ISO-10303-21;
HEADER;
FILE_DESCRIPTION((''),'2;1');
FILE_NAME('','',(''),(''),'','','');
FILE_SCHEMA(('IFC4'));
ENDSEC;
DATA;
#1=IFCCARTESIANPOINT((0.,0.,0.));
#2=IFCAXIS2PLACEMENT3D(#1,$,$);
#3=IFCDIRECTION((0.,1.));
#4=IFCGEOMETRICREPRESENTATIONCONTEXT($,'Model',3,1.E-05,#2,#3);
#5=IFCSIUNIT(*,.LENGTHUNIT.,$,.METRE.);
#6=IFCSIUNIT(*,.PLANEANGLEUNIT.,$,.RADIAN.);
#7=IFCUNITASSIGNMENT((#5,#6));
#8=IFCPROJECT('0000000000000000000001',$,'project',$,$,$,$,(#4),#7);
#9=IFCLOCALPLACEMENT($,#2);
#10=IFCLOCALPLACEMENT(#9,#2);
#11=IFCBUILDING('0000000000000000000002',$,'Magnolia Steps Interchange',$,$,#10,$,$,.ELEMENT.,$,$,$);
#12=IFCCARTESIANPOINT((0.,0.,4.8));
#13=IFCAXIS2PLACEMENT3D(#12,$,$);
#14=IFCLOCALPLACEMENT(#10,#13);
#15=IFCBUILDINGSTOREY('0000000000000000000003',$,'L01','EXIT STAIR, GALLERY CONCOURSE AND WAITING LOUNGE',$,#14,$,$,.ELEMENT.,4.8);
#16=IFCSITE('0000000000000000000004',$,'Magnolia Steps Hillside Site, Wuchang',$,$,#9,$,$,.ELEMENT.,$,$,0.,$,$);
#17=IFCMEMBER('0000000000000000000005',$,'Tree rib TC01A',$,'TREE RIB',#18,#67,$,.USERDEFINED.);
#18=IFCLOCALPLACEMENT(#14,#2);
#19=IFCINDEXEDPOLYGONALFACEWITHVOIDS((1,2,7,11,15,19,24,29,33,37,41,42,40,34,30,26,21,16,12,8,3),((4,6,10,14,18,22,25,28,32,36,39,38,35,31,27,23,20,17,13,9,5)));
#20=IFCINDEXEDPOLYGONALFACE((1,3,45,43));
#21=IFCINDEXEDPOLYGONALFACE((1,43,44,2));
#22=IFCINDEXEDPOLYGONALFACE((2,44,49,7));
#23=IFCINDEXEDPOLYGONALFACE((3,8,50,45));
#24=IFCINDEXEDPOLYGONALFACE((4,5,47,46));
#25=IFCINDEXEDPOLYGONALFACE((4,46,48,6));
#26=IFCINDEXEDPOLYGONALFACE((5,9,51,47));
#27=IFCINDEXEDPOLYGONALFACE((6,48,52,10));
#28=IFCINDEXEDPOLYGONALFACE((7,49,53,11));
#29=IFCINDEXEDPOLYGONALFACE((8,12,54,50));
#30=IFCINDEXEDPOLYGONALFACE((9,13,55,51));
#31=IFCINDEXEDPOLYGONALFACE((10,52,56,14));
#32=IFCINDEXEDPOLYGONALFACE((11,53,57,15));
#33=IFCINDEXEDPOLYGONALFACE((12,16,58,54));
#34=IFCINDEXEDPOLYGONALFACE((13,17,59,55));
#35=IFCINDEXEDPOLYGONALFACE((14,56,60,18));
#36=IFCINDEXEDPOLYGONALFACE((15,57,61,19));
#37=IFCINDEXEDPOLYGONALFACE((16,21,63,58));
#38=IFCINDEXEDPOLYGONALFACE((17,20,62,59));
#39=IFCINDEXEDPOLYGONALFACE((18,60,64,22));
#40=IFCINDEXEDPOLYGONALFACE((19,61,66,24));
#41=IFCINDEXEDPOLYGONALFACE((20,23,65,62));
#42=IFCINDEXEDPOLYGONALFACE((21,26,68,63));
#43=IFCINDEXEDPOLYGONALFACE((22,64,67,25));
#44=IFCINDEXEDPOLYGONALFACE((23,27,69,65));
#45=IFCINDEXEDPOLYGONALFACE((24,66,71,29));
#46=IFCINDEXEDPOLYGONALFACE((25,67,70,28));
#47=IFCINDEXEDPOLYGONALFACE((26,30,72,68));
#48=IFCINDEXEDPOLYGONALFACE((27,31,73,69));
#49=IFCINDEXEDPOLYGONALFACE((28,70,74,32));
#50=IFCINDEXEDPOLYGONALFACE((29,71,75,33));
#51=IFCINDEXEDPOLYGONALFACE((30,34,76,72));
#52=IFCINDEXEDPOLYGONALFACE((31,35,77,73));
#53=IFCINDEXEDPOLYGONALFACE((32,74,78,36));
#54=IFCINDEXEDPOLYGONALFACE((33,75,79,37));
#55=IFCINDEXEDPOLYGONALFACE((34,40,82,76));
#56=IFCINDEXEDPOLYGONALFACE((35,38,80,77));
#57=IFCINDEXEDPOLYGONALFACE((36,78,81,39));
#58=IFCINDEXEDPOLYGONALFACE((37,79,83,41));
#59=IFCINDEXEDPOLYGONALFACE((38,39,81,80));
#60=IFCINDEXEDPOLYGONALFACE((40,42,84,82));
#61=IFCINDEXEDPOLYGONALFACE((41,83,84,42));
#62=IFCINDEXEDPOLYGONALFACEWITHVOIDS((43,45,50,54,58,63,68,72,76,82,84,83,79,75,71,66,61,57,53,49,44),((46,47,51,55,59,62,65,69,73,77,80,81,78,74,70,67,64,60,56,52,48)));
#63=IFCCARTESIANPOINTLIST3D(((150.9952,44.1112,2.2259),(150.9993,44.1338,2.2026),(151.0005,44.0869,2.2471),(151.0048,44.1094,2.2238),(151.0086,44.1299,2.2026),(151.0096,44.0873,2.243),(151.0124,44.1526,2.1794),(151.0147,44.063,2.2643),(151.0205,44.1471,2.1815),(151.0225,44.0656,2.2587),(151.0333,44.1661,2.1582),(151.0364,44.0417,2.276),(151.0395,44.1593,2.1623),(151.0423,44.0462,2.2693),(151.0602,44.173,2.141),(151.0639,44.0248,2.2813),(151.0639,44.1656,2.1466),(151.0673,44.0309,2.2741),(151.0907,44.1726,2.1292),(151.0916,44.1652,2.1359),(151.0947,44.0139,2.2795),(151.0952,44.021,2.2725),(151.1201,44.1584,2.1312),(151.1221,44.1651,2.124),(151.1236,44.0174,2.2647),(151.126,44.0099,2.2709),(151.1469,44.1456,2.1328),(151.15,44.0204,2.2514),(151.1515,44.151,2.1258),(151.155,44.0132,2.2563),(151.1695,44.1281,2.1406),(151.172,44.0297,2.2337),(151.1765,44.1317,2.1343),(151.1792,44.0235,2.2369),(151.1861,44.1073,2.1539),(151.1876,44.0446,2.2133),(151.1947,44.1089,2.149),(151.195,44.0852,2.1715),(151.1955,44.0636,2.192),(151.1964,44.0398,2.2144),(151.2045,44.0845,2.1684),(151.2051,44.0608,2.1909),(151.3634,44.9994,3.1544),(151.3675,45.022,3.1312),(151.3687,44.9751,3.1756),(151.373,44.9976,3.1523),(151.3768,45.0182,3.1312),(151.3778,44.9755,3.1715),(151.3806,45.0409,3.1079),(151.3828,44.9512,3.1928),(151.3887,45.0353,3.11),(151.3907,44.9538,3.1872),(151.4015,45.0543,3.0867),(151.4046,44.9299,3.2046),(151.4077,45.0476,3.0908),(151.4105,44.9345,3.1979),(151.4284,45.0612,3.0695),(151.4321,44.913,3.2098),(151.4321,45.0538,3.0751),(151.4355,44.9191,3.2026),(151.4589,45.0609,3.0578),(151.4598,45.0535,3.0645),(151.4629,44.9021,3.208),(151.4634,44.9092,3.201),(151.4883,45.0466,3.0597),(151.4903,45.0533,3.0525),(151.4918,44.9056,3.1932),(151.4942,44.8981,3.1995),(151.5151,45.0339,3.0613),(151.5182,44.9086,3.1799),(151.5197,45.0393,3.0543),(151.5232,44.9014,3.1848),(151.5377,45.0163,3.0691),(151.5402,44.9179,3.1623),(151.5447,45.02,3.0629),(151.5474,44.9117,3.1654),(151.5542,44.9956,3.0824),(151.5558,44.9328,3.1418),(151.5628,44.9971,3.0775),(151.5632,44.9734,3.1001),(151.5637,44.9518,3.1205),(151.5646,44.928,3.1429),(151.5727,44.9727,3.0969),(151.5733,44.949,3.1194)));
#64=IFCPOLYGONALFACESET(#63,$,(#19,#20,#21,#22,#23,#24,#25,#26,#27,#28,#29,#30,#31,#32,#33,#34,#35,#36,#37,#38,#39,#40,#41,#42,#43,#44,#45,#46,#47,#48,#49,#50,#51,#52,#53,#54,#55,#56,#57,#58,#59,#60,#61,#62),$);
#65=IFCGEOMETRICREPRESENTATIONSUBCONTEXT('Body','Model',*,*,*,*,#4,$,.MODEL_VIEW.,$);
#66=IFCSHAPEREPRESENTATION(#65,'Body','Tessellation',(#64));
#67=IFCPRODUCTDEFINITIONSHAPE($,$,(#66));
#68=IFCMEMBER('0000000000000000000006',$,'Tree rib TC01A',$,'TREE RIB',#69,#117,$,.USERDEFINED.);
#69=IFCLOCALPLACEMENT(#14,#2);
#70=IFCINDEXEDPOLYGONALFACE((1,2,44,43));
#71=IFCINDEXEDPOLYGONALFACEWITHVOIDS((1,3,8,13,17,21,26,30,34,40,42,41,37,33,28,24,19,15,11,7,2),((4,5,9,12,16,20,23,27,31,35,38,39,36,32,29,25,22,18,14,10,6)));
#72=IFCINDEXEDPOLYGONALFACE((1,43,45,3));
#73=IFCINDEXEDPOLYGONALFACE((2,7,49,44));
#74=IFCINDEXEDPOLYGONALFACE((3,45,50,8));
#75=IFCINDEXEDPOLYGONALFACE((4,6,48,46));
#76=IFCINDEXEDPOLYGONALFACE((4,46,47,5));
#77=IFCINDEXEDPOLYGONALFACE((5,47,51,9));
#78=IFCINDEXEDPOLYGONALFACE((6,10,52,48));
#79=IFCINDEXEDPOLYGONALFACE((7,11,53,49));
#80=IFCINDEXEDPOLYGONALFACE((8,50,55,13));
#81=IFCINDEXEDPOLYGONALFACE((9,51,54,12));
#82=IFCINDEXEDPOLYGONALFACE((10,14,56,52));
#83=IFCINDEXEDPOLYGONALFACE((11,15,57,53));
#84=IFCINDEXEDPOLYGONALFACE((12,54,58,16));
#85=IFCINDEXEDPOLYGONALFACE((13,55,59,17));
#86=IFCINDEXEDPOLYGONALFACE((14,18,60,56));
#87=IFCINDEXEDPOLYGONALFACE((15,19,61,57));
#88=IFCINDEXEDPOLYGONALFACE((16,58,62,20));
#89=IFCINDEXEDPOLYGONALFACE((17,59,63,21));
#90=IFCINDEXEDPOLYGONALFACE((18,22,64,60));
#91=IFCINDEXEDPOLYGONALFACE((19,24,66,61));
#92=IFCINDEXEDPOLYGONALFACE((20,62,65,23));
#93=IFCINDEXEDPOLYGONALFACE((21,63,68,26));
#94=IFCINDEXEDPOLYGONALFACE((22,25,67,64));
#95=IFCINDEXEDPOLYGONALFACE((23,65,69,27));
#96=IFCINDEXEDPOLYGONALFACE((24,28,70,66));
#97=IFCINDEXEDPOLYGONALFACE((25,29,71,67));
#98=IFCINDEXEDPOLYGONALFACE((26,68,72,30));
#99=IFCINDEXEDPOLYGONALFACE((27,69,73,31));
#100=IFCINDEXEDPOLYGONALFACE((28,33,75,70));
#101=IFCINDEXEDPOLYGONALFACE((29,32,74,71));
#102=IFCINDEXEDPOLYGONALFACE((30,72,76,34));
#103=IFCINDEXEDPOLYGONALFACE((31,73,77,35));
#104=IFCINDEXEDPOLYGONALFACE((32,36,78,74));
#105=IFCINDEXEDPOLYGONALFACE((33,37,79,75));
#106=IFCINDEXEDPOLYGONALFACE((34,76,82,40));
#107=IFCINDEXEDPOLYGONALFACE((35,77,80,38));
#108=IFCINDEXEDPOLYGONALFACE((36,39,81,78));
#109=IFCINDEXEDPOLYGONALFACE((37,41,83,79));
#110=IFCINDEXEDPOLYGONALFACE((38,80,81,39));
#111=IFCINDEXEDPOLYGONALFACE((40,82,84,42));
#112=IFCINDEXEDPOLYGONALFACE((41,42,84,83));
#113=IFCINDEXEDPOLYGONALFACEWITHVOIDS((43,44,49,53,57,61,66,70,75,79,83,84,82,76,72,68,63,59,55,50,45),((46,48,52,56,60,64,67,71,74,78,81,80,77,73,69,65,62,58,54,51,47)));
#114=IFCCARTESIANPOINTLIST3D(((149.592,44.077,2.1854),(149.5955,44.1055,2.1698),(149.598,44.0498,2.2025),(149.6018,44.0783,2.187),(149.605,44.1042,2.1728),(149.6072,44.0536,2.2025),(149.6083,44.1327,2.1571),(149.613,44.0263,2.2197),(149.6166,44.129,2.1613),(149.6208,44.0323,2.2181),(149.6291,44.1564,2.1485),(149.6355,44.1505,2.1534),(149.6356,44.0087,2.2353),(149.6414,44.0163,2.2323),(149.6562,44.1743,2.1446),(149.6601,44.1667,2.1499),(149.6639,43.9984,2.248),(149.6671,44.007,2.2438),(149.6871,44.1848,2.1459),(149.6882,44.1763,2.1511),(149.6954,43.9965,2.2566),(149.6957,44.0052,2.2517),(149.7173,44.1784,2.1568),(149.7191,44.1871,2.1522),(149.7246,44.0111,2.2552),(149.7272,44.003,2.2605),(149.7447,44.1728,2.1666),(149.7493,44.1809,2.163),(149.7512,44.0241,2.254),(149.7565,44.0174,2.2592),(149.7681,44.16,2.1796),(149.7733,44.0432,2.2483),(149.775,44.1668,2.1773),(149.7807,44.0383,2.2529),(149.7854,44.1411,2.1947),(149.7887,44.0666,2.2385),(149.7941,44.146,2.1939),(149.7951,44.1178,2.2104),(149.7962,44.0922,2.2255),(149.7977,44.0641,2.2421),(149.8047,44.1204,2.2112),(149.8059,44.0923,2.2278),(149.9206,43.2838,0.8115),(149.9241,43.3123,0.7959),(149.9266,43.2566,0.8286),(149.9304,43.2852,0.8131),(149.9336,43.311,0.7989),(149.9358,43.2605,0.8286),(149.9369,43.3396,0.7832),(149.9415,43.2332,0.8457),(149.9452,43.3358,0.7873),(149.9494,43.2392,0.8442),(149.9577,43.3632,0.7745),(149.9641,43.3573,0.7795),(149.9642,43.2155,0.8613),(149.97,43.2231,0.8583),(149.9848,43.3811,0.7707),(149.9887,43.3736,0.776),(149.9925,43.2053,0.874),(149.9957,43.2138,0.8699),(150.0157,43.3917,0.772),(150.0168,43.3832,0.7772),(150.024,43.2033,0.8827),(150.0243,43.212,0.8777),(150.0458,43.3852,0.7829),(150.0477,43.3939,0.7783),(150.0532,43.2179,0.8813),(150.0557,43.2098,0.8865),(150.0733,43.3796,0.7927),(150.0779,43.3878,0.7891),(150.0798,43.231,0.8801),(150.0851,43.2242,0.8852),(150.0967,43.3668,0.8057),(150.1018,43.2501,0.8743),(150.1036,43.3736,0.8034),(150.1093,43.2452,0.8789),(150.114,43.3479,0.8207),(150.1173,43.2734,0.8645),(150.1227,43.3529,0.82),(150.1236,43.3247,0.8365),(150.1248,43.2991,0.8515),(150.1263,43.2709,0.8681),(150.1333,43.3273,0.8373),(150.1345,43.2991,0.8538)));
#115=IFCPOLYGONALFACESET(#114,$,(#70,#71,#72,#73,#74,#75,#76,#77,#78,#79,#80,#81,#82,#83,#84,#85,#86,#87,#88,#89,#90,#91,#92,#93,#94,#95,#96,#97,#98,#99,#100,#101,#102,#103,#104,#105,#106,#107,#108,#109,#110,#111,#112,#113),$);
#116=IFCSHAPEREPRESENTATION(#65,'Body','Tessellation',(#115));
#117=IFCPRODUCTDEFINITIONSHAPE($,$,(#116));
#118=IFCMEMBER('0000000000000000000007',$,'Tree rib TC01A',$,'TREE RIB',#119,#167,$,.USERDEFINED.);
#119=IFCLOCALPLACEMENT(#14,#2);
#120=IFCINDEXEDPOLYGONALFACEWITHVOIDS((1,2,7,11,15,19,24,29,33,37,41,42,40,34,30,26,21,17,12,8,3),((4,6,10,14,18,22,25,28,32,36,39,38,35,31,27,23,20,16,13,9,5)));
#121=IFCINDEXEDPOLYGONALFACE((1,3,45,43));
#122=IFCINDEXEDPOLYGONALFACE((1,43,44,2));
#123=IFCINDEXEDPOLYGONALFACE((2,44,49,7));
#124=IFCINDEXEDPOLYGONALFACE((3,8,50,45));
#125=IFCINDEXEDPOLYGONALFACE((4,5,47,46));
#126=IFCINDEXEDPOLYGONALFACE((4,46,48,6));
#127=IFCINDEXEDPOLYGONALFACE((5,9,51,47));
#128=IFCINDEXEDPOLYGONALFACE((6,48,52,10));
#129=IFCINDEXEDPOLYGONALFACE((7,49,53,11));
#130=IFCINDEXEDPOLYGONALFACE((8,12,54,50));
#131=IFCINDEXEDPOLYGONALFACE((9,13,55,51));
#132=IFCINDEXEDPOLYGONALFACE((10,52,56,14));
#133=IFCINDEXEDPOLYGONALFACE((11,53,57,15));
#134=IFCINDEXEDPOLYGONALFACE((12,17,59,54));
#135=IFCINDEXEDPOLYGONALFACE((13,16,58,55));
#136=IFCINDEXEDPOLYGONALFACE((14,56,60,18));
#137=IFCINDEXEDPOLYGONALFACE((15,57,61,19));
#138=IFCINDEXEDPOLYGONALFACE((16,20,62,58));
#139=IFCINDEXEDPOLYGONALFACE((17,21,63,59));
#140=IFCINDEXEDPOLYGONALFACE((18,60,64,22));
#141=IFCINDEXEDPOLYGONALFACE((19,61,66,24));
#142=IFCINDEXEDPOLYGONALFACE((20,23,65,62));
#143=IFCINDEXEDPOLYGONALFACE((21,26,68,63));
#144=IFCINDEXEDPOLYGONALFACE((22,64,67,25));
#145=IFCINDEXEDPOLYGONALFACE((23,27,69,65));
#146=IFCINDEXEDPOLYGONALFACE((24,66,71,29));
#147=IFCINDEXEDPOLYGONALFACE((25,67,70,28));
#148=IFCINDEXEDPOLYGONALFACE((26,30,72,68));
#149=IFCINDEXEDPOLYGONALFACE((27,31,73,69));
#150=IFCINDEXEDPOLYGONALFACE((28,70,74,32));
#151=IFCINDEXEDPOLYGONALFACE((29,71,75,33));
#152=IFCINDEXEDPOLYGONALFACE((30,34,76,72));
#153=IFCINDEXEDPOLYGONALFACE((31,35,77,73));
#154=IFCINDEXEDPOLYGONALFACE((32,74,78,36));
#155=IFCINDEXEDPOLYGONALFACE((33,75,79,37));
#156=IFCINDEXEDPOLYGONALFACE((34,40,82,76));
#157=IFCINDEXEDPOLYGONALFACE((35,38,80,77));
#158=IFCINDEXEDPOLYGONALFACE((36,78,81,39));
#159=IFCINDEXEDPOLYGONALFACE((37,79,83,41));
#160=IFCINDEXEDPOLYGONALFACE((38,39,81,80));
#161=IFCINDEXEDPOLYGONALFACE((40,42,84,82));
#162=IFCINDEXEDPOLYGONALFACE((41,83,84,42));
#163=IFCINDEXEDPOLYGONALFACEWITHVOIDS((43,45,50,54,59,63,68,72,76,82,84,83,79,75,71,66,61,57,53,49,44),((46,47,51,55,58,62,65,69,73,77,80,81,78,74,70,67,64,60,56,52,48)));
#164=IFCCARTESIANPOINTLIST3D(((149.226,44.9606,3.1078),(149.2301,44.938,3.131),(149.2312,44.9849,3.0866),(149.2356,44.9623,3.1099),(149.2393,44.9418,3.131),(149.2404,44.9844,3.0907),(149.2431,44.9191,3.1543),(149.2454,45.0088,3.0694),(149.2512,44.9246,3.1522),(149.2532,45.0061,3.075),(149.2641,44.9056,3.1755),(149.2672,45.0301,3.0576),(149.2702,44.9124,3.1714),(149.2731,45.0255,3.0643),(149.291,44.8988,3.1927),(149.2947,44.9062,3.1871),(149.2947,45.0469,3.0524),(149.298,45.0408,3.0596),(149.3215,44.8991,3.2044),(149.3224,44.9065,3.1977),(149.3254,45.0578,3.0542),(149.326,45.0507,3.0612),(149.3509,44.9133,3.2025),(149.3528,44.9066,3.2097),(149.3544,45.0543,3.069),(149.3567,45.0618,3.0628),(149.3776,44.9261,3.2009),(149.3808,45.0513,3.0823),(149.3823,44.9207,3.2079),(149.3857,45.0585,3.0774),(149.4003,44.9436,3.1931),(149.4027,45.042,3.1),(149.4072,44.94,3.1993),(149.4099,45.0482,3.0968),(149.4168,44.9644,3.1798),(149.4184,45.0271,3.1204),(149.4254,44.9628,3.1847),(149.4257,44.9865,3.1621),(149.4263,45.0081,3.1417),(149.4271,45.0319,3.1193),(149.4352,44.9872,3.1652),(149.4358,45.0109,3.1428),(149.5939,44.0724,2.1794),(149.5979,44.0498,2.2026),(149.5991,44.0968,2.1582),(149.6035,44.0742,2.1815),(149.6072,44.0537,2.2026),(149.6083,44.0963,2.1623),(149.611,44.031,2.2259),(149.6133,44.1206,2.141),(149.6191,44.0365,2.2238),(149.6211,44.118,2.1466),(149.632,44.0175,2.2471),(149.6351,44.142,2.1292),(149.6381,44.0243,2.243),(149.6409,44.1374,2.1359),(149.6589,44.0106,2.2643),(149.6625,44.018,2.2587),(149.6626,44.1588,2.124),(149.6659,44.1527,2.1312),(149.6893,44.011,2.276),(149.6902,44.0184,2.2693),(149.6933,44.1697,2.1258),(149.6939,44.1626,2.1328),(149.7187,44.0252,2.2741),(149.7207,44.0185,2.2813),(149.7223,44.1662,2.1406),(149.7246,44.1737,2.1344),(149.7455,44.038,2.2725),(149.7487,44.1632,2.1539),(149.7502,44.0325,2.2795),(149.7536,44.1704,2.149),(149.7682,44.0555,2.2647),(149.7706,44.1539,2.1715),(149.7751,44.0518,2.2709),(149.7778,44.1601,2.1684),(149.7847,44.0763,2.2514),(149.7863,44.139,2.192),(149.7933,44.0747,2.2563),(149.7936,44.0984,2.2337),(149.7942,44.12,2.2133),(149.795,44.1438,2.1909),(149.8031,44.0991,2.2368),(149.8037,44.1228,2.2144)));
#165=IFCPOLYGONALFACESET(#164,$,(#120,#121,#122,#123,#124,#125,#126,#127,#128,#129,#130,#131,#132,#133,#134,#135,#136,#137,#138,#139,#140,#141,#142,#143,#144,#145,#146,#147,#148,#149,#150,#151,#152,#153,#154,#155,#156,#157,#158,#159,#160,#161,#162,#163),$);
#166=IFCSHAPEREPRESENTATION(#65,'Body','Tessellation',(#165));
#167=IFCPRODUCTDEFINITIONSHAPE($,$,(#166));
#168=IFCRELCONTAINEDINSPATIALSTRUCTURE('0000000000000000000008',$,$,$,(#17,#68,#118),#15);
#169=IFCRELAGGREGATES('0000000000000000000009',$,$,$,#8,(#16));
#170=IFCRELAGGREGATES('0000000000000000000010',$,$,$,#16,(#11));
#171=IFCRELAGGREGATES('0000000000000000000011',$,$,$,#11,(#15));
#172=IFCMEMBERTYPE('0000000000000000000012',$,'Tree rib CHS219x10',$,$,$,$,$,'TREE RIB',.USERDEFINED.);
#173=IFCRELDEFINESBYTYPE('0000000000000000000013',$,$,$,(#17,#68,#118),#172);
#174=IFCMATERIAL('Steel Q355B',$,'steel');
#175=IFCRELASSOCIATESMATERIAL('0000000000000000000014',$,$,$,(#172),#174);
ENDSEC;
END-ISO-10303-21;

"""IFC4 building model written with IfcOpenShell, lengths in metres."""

from ifc_helpers import new_model, si_unit, direction, frame, origin, origin_2d, place, context, subcontext, project, spatial, hollow_circle, extrude, material, material_profile, profile_set, type_object, element, save


model = new_model("IFC4")

# Units and contexts
model_context = context("Model", 3, precision=1e-05, world=origin(), true_north=direction((0.0, 1.0)))
body_context = subcontext(model_context, "Body", "Model", "MODEL_VIEW")
ifc_project = project(units=[si_unit("LENGTHUNIT", "METRE"), si_unit("PLANEANGLEUNIT", "RADIAN")], contexts=[model_context])

# Site, building, storey
site_placement = place(None, origin())
site = spatial("IfcSite", under=ifc_project, at=site_placement, Name="Magnolia Steps Hillside Site, Wuchang", CompositionType="ELEMENT", RefElevation=0.0)
building_placement = place(site_placement, origin())
building = spatial("IfcBuilding", under=site, at=building_placement, Name="Magnolia Steps Interchange", CompositionType="ELEMENT")
storey_placement = place(building_placement, frame((0.0, 0.0, 4.8)))
storey = spatial("IfcBuildingStorey", under=building, at=storey_placement, Name="L01", Description="EXIT STAIR, GALLERY CONCOURSE AND WAITING LOUNGE", CompositionType="ELEMENT", Elevation=4.8)

# Members
ifc_material_1 = material(Name="Steel Q355B", Category="steel")
ifc_material_profile_1 = material_profile(ifc_material_1, hollow_circle(Radius=0.1096, WallThickness=0.01, at=origin_2d()), Name="CHS219x10")
ifc_profile_set_1 = profile_set([ifc_material_profile_1], Name="Steel Q355B")
member_type = type_object("IfcMemberType", Name="Tree rib CHS219x10", ElementType="TREE RIB", PredefinedType="USERDEFINED", material=ifc_profile_set_1)
member_1_placement = place(storey_placement, frame((151.1006, 44.0918, 2.2026), z_axis=(0.275451, 0.664516, 0.694655), x_axis=(-0.923782, 0.38292, 0.0)))
element("IfcMember", 1, at=member_1_placement, inside=storey, type_object=member_type, Name="Tree rib TC01A", ObjectType="TREE RIB", PredefinedType="USERDEFINED", context=body_context, shape_type="SweptSolid", body=[
    extrude(hollow_circle(Radius=0.1096, WallThickness=0.01, at=origin_2d()), origin(), (0.0, 0.0, 1.0), 1.3367),
])
member_2_placement = place(storey_placement, frame((150.0278, 43.2986, 0.8286), z_axis=(-0.20282, 0.489571, 0.848047), x_axis=(-0.923857, -0.382737, 0.0)))
element("IfcMember", 2, at=member_2_placement, inside=storey, type_object=member_type, Name="Tree rib TC01A", ObjectType="TREE RIB", PredefinedType="USERDEFINED", context=body_context, shape_type="SweptSolid", body=[
    extrude(hollow_circle(Radius=0.1096, WallThickness=0.01, at=origin_2d()), origin(), (0.0, 0.0, 1.0), 1.6201),
])
member_3_placement = place(storey_placement, frame((149.6992, 44.0918, 2.2026), z_axis=(-0.275282, 0.664549, 0.69469), x_axis=(-0.923871, -0.382703, 0.0)))
element("IfcMember", 3, at=member_3_placement, inside=storey, type_object=member_type, Name="Tree rib TC01A", ObjectType="TREE RIB", PredefinedType="USERDEFINED", context=body_context, shape_type="SweptSolid", body=[
    extrude(hollow_circle(Radius=0.1096, WallThickness=0.01, at=origin_2d()), origin(), (0.0, 0.0, 1.0), 1.3364),
])

save(model, "model.ifc")
